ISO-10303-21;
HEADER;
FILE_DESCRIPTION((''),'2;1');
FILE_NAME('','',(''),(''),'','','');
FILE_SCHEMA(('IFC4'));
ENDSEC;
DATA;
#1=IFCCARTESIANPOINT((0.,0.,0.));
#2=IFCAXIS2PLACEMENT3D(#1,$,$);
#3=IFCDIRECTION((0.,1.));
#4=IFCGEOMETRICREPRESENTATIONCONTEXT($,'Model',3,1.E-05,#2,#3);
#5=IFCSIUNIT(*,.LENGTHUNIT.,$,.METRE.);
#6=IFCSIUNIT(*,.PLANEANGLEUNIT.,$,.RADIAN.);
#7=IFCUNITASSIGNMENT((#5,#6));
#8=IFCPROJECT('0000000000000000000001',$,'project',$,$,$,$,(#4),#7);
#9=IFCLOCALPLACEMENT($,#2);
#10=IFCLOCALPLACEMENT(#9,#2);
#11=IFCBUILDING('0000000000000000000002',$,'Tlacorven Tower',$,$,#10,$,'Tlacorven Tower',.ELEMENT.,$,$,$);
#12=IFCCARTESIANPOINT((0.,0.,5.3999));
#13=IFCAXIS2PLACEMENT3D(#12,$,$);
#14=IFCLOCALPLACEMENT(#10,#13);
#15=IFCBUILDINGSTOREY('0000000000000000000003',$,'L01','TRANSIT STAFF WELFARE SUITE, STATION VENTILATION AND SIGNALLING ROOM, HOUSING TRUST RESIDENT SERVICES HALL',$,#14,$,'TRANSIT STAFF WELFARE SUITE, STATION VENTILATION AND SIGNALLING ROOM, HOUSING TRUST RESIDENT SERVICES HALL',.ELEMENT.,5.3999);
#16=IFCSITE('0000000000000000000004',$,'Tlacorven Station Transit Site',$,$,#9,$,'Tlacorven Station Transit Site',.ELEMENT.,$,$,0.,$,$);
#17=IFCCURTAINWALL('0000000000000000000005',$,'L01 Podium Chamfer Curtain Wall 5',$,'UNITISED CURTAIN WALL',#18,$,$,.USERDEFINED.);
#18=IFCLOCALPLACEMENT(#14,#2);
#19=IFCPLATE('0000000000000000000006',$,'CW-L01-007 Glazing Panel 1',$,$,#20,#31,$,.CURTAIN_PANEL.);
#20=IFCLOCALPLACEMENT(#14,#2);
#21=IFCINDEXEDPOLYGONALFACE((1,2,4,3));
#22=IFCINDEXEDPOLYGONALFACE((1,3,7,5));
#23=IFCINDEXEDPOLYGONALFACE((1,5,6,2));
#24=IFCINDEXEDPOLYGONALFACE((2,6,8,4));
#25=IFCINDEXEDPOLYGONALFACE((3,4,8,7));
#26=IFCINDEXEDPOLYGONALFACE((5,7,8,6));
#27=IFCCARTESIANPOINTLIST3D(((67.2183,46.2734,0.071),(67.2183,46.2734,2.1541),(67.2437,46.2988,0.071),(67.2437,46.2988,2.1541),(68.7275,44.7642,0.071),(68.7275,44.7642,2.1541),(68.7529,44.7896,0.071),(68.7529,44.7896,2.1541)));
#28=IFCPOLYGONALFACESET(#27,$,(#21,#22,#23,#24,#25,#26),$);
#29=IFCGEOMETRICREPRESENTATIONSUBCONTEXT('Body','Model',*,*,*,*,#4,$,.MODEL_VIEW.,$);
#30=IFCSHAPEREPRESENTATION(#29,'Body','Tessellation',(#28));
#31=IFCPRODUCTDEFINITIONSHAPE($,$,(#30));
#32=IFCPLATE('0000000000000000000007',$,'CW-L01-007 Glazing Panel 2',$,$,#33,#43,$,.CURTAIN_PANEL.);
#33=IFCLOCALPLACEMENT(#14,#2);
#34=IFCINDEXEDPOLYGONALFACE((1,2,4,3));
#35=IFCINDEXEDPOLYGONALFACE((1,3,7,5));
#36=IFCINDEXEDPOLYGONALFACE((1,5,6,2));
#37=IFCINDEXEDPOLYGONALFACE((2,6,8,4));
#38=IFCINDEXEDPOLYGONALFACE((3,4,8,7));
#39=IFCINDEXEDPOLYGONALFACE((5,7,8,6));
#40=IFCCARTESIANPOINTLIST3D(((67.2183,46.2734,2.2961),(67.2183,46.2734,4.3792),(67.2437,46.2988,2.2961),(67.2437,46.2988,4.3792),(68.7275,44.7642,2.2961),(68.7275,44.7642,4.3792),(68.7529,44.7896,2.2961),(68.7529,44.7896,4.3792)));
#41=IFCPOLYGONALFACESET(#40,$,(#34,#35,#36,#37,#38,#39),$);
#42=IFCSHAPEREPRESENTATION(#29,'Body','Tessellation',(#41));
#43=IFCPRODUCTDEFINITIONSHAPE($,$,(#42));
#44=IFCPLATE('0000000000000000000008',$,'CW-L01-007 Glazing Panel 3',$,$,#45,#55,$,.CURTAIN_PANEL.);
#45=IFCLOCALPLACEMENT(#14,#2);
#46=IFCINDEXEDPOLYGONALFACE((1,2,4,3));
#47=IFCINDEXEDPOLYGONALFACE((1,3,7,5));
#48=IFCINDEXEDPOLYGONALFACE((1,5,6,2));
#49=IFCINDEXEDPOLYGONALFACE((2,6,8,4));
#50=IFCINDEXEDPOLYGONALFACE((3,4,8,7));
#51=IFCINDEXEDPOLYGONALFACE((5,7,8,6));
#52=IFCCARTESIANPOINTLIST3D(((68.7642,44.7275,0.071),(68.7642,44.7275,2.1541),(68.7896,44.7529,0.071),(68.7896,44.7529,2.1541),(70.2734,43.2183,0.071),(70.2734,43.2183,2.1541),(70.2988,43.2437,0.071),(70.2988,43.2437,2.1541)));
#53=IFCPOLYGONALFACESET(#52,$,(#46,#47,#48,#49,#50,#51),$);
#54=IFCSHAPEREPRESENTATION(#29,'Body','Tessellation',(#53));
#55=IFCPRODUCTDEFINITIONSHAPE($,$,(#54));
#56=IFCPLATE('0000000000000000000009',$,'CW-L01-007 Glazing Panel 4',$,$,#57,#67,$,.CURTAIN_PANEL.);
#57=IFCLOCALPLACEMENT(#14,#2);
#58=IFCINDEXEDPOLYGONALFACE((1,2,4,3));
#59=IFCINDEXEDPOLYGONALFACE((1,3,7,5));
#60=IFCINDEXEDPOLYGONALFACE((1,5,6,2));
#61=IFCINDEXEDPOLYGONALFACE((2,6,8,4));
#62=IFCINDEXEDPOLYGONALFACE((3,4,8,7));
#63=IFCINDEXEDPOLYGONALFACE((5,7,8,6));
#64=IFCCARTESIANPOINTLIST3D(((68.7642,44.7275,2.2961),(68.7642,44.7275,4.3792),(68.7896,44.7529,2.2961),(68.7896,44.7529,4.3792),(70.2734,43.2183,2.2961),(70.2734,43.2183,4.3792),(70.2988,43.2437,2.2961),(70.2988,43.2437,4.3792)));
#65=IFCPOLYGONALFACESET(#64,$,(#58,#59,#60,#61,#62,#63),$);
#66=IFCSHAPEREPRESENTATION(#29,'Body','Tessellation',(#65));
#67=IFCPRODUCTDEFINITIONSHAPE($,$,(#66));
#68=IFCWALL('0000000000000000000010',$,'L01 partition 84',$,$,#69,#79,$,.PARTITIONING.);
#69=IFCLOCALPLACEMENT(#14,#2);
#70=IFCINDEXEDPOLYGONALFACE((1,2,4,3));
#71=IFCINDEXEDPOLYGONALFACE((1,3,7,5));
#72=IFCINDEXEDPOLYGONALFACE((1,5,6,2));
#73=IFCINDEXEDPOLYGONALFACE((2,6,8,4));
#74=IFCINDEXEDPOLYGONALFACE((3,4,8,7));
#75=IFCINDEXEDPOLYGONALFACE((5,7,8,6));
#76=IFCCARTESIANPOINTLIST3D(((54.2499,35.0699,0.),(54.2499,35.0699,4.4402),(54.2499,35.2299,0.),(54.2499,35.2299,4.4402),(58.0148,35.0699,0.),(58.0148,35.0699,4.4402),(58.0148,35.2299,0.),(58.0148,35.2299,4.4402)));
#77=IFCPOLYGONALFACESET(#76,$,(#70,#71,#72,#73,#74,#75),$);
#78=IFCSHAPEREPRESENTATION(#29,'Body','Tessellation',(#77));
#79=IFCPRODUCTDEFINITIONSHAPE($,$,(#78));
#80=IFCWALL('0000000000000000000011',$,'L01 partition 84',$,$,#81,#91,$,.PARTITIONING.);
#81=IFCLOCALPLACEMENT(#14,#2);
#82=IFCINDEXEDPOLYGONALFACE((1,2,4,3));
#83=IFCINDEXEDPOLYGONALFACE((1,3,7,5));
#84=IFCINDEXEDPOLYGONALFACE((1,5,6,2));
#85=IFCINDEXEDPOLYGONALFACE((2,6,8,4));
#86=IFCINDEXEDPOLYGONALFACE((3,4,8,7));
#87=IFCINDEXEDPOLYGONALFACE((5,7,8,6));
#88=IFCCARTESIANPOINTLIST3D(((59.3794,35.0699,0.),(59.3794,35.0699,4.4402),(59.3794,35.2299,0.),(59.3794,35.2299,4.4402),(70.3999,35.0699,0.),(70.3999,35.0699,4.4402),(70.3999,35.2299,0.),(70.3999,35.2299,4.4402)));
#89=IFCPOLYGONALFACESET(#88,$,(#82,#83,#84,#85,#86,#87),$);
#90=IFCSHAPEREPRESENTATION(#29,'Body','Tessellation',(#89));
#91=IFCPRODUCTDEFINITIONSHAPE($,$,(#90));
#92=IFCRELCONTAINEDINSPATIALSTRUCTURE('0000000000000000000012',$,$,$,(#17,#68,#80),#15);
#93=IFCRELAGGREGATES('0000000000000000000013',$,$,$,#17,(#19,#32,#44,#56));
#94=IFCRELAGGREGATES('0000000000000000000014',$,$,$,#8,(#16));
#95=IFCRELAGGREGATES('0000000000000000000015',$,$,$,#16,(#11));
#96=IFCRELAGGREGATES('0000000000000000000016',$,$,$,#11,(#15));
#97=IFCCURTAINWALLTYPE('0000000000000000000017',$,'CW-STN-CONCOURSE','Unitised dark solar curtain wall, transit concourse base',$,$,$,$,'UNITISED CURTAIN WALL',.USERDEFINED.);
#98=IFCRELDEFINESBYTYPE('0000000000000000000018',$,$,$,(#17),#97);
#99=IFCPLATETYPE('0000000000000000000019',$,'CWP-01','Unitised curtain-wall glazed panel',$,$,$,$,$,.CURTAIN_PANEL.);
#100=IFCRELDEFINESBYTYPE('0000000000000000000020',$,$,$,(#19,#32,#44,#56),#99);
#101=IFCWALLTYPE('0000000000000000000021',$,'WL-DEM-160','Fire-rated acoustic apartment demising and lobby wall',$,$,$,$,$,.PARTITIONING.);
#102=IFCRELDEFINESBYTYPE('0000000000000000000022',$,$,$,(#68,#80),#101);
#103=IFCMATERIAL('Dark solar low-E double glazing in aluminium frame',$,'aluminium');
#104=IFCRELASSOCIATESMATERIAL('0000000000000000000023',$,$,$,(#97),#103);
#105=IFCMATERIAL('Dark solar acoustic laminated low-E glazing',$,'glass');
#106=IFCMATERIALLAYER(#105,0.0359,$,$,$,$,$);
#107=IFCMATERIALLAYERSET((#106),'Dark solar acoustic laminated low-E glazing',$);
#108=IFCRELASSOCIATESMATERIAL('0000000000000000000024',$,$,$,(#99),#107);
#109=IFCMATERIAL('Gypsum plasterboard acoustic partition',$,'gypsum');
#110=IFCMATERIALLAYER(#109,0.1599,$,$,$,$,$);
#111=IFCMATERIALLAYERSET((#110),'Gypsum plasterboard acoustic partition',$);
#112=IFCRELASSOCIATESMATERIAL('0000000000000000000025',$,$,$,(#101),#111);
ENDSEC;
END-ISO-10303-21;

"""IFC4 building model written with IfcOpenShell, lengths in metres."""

from ifc_helpers import new_model, si_unit, direction, frame, frame_2d, origin, origin_2d, place, context, subcontext, project, spatial, rectangle, extrude, source, transform, mapped, material, layer, layer_set, type_object, element, aggregate, save


model = new_model("IFC4")

# Units and contexts
model_context = context("Model", 3, precision=1e-05, world=origin(), true_north=direction((0.0, 1.0)))
body_context = subcontext(model_context, "Body", "Model", "MODEL_VIEW")
ifc_project = project(units=[si_unit("LENGTHUNIT", "METRE"), si_unit("PLANEANGLEUNIT", "RADIAN")], contexts=[model_context])

# Site, building, storey
site_placement = place(None, origin())
site = spatial("IfcSite", under=ifc_project, at=site_placement, Name="Tlacorven Station Transit Site", LongName="Tlacorven Station Transit Site", CompositionType="ELEMENT", RefElevation=0.0)
building_placement = place(site_placement, origin())
building = spatial("IfcBuilding", under=site, at=building_placement, Name="Tlacorven Tower", LongName="Tlacorven Tower", CompositionType="ELEMENT")
storey_placement = place(building_placement, frame((0.0, 0.0, 5.3999)))
storey = spatial("IfcBuildingStorey", under=building, at=storey_placement, Name="L01", Description="TRANSIT STAFF WELFARE SUITE, STATION VENTILATION AND SIGNALLING ROOM, HOUSING TRUST RESIDENT SERVICES HALL", LongName="TRANSIT STAFF WELFARE SUITE, STATION VENTILATION AND SIGNALLING ROOM, HOUSING TRUST RESIDENT SERVICES HALL", CompositionType="ELEMENT", Elevation=5.3999)

# Curtain wall, plates
ifc_material_1 = material(Name="Dark solar low-E double glazing in aluminium frame", Category="aluminium")
curtain_wall_type = type_object("IfcCurtainWallType", Name="CW-STN-CONCOURSE", Description="Unitised dark solar curtain wall, transit concourse base", ElementType="UNITISED CURTAIN WALL", PredefinedType="USERDEFINED", material=ifc_material_1)
curtain_wall_placement = place(storey_placement, origin())
curtain_wall = element("IfcCurtainWall", 1, at=curtain_wall_placement, inside=storey, type_object=curtain_wall_type, Name="L01 Podium Chamfer Curtain Wall 5", ObjectType="UNITISED CURTAIN WALL", PredefinedType="USERDEFINED")
ifc_material_2 = material(Name="Dark solar acoustic laminated low-E glazing", Category="glass")
ifc_layer_1 = layer(ifc_material_2, 0.0359)
ifc_layer_set_1 = layer_set([ifc_layer_1], Name="Dark solar acoustic laminated low-E glazing")
plate_type = type_object("IfcPlateType", Name="CWP-01", Description="Unitised curtain-wall glazed panel", PredefinedType="CURTAIN_PANEL", material=ifc_layer_set_1)
shared_shape_1 = source(origin(), body_context, "Body", "SweptSolid", [
    extrude(rectangle(XDim=2.1343, YDim=0.0359, at=origin_2d()), origin(), (0.0, 0.0, 1.0), 2.083),
])
plate_1_placement = place(storey_placement, frame((67.9856, 45.5315, 0.071), z_axis=(0.0, 0.0, 1.0), x_axis=(0.707107, -0.707107, 0.0)))
plate_1 = element("IfcPlate", 2, at=plate_1_placement, type_object=plate_type, Name="CW-L01-007 Glazing Panel 1", PredefinedType="CURTAIN_PANEL", context=body_context, shape_type="MappedRepresentation", body=[
    mapped(shared_shape_1, transform((0.0, 0.0, 0.0), scale=1.0)),
])
plate_2_placement = place(storey_placement, frame((67.9856, 45.5315, 2.2961), z_axis=(0.0, 0.0, 1.0), x_axis=(0.707107, -0.707107, 0.0)))
plate_2 = element("IfcPlate", 3, at=plate_2_placement, type_object=plate_type, Name="CW-L01-007 Glazing Panel 2", PredefinedType="CURTAIN_PANEL", context=body_context, shape_type="MappedRepresentation", body=[
    mapped(shared_shape_1, transform((0.0, 0.0, 0.0), scale=1.0)),
])
plate_3_placement = place(storey_placement, frame((69.5315, 43.9856, 0.071), z_axis=(0.0, 0.0, 1.0), x_axis=(0.707107, -0.707107, 0.0)))
plate_3 = element("IfcPlate", 4, at=plate_3_placement, type_object=plate_type, Name="CW-L01-007 Glazing Panel 3", PredefinedType="CURTAIN_PANEL", context=body_context, shape_type="MappedRepresentation", body=[
    mapped(shared_shape_1, transform((0.0, 0.0, 0.0), scale=1.0)),
])
plate_4_placement = place(storey_placement, frame((69.5315, 43.9856, 2.2961), z_axis=(0.0, 0.0, 1.0), x_axis=(0.707107, -0.707107, 0.0)))
plate_4 = element("IfcPlate", 5, at=plate_4_placement, type_object=plate_type, Name="CW-L01-007 Glazing Panel 4", PredefinedType="CURTAIN_PANEL", context=body_context, shape_type="MappedRepresentation", body=[
    mapped(shared_shape_1, transform((0.0, 0.0, 0.0), scale=1.0)),
])
aggregate(curtain_wall, [plate_1, plate_2, plate_3, plate_4])

# Walls
ifc_material_3 = material(Name="Gypsum plasterboard acoustic partition", Category="gypsum")
ifc_layer_2 = layer(ifc_material_3, 0.1599)
ifc_layer_set_2 = layer_set([ifc_layer_2], Name="Gypsum plasterboard acoustic partition")
wall_type_1 = type_object("IfcWallType", Name="WL-DEM-160", Description="Fire-rated acoustic apartment demising and lobby wall", PredefinedType="PARTITIONING", material=ifc_layer_set_2)
wall_1_placement = place(storey_placement, frame((54.25, 35.1499, 0.0), z_axis=(0.0, 0.0, 1.0), x_axis=(1.0, 0.0, 0.0)))
element("IfcWall", 6, at=wall_1_placement, inside=storey, type_object=wall_type_1, Name="L01 partition 84", PredefinedType="PARTITIONING", context=body_context, shape_type="SweptSolid", body=[
    extrude(rectangle(XDim=3.7649, YDim=0.1599, at=frame_2d((1.8823, 0.0))), origin(), (0.0, 0.0, 1.0), 4.4402),
])
wall_2_placement = place(storey_placement, frame((59.3794, 35.1499, 0.0), z_axis=(0.0, 0.0, 1.0), x_axis=(1.0, 0.0, 0.0)))
element("IfcWall", 7, at=wall_2_placement, inside=storey, type_object=wall_type_1, Name="L01 partition 84", PredefinedType="PARTITIONING", context=body_context, shape_type="SweptSolid", body=[
    extrude(rectangle(XDim=11.0205, YDim=0.1599, at=frame_2d((5.5103, 0.0))), origin(), (0.0, 0.0, 1.0), 4.4402),
])

save(model, "model.ifc")
